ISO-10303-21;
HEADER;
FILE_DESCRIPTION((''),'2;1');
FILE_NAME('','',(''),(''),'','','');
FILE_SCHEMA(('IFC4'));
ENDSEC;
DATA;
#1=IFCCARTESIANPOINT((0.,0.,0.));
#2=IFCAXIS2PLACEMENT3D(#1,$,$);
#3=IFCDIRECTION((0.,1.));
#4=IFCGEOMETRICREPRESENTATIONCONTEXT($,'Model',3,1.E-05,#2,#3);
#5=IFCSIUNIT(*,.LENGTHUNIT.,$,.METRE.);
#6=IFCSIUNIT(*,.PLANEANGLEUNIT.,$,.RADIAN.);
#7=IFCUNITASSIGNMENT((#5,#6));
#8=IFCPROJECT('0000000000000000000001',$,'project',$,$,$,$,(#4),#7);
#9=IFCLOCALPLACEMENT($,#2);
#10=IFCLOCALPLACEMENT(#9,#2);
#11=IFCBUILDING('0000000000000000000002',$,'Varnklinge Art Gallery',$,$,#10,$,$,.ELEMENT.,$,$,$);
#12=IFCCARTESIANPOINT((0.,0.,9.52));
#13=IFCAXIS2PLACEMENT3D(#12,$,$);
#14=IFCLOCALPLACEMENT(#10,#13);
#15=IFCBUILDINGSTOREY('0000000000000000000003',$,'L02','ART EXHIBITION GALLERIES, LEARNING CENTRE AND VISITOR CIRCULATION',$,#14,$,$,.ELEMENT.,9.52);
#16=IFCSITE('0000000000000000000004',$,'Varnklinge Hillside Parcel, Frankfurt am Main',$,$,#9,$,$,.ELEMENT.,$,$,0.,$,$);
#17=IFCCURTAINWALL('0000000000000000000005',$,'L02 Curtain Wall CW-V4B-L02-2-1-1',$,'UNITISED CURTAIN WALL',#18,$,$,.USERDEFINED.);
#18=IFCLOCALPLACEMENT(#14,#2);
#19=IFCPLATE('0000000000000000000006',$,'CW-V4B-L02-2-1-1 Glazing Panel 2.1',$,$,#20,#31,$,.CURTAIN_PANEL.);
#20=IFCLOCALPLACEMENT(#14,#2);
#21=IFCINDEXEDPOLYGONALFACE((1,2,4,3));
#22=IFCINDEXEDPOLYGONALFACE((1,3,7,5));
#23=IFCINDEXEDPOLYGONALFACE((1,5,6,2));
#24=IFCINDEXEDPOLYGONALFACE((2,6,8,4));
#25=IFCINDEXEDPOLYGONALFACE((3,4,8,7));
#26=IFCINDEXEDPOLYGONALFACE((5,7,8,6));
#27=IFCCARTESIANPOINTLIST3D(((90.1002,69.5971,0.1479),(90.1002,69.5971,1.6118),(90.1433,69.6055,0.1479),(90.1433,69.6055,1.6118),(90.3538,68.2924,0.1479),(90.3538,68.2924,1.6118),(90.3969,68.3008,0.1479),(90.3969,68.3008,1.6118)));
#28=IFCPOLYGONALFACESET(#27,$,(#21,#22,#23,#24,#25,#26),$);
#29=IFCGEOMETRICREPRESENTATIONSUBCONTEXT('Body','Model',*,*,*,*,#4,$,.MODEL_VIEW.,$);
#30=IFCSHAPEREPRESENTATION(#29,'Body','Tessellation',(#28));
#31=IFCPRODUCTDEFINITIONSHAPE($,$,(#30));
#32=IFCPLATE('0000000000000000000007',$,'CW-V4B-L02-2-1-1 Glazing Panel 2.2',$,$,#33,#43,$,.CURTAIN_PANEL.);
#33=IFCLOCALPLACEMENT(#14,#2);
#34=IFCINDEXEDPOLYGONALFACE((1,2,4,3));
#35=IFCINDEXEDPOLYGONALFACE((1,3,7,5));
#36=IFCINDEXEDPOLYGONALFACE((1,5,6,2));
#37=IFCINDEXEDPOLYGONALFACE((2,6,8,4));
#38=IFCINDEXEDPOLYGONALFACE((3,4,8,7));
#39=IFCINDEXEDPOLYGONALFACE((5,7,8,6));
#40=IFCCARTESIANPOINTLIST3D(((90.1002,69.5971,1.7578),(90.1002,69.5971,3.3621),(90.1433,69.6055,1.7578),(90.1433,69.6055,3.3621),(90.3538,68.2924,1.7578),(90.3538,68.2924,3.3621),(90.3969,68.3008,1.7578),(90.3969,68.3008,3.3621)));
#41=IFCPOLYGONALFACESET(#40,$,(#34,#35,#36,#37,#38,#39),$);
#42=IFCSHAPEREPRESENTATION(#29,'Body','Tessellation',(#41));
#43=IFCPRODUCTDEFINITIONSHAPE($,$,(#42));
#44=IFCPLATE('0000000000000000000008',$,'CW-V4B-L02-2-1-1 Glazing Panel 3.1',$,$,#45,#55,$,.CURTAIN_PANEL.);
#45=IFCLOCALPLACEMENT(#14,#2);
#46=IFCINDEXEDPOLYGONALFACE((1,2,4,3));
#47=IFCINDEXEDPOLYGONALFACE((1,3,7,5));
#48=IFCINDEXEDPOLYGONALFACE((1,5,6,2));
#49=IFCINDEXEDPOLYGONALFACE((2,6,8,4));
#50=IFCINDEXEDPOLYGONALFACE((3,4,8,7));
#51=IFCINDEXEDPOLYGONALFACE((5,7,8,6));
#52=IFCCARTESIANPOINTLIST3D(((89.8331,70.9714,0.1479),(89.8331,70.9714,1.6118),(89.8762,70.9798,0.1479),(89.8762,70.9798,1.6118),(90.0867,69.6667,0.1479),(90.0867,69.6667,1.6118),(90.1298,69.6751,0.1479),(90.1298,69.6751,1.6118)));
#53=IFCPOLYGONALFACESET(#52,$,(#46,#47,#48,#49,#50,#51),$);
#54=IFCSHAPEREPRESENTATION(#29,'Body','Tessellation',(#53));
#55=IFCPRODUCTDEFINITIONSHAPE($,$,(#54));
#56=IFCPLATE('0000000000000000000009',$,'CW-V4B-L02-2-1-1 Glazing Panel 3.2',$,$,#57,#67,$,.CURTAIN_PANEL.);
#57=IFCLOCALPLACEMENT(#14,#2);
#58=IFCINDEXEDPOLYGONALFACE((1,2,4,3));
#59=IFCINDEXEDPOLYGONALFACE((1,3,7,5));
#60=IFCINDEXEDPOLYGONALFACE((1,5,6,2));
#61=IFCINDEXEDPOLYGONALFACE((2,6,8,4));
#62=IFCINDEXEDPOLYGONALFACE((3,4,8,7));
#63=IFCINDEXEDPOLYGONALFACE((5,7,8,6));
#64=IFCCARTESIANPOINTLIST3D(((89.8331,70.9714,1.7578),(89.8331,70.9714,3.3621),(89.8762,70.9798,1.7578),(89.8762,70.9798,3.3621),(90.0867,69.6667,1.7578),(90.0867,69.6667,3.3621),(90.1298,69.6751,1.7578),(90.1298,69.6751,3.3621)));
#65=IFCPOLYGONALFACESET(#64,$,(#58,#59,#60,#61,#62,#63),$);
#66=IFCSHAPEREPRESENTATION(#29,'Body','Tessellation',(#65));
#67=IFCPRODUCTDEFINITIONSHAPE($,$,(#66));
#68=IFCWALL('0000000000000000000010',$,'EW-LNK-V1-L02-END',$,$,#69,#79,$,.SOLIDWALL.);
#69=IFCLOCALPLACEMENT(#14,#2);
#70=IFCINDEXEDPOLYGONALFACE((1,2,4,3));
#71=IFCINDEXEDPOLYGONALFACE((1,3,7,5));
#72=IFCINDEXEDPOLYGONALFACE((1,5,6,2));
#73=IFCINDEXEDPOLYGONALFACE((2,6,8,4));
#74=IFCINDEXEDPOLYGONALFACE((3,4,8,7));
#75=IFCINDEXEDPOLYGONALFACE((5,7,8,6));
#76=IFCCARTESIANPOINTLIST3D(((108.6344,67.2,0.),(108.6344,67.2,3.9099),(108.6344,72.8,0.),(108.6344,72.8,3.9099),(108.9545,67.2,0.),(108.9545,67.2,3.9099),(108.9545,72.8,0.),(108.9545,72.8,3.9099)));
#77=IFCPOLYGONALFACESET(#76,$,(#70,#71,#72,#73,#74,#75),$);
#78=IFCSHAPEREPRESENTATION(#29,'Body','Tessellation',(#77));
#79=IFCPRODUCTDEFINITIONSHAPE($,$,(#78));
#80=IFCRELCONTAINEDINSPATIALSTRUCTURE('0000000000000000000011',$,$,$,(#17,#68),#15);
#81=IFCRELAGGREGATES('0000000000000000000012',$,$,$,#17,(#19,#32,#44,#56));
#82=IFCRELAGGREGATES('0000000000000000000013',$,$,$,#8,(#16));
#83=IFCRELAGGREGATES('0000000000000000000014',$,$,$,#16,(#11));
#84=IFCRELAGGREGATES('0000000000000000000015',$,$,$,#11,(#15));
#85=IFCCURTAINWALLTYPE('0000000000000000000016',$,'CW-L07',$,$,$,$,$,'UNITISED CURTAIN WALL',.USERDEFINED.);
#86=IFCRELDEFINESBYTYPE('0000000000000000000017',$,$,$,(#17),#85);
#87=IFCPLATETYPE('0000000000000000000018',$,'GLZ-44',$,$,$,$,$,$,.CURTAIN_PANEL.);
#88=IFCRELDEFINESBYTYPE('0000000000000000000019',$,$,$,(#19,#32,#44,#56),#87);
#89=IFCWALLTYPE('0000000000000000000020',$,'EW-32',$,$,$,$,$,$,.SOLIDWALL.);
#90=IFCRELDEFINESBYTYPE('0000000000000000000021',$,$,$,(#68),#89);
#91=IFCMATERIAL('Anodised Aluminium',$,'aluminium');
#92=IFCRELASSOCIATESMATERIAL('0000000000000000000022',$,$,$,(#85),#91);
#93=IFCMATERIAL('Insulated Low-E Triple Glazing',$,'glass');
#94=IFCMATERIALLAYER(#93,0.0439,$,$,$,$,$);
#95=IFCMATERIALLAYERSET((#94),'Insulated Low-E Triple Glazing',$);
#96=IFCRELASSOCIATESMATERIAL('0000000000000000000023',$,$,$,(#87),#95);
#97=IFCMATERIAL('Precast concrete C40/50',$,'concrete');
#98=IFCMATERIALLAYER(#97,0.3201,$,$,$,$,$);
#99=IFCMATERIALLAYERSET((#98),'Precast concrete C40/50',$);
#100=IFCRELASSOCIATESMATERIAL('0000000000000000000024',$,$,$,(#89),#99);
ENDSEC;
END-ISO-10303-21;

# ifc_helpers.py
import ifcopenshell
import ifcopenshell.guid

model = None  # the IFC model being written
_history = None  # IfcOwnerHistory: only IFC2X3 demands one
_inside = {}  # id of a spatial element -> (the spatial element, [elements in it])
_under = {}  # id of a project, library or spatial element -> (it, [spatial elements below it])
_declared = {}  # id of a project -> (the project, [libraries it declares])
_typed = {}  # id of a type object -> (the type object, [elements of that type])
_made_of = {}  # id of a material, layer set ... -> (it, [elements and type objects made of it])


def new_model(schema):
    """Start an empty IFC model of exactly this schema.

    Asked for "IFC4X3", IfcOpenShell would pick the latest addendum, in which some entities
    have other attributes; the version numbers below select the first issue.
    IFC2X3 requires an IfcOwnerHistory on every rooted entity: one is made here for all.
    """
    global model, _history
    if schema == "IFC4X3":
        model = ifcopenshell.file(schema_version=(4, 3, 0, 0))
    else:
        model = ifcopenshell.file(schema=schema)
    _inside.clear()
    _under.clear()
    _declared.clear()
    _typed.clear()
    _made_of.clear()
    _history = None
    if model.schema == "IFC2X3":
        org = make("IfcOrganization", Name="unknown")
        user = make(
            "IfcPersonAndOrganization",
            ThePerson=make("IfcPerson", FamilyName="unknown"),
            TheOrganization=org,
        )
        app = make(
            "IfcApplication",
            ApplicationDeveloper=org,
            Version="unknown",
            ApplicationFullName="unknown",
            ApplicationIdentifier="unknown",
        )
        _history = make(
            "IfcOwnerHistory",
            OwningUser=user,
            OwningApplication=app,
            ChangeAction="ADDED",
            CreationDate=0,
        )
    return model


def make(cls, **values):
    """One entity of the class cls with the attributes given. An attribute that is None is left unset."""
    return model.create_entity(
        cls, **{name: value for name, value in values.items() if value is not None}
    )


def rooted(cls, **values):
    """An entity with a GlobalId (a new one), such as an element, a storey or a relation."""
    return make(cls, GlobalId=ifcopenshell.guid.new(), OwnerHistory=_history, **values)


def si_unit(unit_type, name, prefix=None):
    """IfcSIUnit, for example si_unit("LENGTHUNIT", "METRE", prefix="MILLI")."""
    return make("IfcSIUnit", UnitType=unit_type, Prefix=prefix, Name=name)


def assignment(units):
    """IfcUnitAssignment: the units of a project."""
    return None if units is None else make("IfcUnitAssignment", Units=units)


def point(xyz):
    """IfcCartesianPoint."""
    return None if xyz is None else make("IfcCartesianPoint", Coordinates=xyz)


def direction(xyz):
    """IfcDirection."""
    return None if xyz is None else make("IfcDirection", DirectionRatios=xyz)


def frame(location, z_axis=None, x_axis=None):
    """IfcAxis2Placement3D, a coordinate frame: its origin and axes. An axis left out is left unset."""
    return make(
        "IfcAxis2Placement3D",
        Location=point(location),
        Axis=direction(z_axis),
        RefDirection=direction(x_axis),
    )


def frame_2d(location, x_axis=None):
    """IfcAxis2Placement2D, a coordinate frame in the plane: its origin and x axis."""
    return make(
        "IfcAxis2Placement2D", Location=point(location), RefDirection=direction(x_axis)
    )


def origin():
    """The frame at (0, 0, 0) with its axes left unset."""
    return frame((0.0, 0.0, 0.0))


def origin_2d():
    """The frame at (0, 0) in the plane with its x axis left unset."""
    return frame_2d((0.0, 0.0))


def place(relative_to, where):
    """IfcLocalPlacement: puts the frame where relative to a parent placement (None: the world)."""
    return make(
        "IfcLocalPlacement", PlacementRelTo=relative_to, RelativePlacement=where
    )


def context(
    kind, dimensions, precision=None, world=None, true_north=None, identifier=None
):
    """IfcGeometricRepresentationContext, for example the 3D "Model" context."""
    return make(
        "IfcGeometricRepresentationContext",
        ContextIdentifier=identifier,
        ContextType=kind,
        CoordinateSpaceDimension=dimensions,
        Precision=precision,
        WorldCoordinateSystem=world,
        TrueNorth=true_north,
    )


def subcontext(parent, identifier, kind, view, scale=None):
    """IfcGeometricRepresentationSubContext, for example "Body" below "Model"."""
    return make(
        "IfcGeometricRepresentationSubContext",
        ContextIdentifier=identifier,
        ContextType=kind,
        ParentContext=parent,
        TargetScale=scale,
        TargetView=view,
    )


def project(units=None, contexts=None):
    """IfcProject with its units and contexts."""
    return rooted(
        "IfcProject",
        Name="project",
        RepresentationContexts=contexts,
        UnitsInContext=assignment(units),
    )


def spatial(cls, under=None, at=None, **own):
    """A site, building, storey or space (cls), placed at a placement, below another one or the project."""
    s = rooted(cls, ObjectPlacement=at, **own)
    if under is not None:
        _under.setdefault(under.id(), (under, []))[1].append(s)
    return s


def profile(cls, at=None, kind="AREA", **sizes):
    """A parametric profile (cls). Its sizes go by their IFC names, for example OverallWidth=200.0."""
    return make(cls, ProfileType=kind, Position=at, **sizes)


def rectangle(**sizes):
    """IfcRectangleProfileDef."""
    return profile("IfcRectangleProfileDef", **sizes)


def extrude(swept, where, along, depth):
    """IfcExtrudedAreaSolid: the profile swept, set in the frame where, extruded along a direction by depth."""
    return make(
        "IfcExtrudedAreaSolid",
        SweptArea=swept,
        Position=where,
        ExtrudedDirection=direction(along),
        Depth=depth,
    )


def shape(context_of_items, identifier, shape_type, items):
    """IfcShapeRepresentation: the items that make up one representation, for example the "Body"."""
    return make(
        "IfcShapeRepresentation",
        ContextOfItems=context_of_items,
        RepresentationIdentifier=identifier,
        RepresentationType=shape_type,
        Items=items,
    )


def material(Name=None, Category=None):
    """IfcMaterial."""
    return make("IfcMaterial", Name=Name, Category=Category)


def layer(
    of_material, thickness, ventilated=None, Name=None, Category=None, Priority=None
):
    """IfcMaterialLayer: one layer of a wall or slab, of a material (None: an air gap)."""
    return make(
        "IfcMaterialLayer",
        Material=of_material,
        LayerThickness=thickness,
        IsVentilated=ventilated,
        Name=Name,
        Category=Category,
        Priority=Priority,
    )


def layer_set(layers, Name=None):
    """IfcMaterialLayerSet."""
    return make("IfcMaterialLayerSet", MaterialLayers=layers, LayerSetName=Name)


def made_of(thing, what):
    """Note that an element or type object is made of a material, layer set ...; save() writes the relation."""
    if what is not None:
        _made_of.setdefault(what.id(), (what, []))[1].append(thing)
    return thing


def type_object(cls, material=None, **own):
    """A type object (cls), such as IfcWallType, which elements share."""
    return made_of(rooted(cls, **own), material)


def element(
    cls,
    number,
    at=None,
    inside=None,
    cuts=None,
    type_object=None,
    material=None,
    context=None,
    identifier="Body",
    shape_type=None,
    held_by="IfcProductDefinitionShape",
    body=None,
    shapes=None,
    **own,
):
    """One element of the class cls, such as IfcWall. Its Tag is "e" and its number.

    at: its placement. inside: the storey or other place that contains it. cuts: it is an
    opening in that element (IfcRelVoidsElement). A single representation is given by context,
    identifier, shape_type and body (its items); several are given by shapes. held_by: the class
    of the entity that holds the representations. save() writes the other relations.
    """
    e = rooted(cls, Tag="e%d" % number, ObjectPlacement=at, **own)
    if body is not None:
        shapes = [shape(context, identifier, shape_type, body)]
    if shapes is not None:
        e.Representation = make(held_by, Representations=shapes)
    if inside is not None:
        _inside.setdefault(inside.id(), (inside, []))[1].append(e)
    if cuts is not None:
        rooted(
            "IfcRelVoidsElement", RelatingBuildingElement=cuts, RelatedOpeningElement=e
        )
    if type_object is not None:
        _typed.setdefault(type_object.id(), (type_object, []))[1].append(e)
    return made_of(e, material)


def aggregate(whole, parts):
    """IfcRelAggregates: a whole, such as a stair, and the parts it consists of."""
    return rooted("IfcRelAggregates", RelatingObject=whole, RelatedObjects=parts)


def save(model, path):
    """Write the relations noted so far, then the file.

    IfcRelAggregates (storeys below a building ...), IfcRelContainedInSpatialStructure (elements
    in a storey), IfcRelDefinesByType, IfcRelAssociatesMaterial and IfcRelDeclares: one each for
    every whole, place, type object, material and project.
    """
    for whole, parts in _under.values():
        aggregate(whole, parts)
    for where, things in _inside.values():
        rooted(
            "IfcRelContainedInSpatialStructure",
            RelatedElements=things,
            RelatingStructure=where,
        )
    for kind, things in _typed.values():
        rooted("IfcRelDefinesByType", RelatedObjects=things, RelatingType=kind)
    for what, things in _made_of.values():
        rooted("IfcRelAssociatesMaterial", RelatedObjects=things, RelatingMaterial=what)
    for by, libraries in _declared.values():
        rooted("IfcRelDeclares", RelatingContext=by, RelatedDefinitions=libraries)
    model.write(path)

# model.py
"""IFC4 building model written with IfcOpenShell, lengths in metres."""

from ifc_helpers import new_model, si_unit, direction, frame, frame_2d, origin, origin_2d, place, context, subcontext, project, spatial, rectangle, extrude, material, layer, layer_set, type_object, element, aggregate, save


model = new_model("IFC4")

# Units and contexts
model_context = context("Model", 3, precision=1e-05, world=origin(), true_north=direction((0.0, 1.0)))
body_context = subcontext(model_context, "Body", "Model", "MODEL_VIEW")
ifc_project = project(units=[si_unit("LENGTHUNIT", "METRE"), si_unit("PLANEANGLEUNIT", "RADIAN")], contexts=[model_context])

# Site, building, storey
site_placement = place(None, origin())
site = spatial("IfcSite", under=ifc_project, at=site_placement, Name="Varnklinge Hillside Parcel, Frankfurt am Main", CompositionType="ELEMENT", RefElevation=0.0)
building_placement = place(site_placement, origin())
building = spatial("IfcBuilding", under=site, at=building_placement, Name="Varnklinge Art Gallery", CompositionType="ELEMENT")
storey_placement = place(building_placement, frame((0.0, 0.0, 9.52)))
storey = spatial("IfcBuildingStorey", under=building, at=storey_placement, Name="L02", Description="ART EXHIBITION GALLERIES, LEARNING CENTRE AND VISITOR CIRCULATION", CompositionType="ELEMENT", Elevation=9.52)

# Curtain wall
ifc_material_1 = material(Name="Anodised Aluminium", Category="aluminium")
curtain_wall_type_1 = type_object("IfcCurtainWallType", Name="CW-L07", ElementType="UNITISED CURTAIN WALL", PredefinedType="USERDEFINED", material=ifc_material_1)
curtain_wall_1_placement = place(storey_placement, origin())
curtain_wall_1 = element("IfcCurtainWall", 1, at=curtain_wall_1_placement, inside=storey, type_object=curtain_wall_type_1, Name="L02 Curtain Wall CW-V4B-L02-2-1-1", ObjectType="UNITISED CURTAIN WALL", PredefinedType="USERDEFINED")

# Plates
ifc_material_2 = material(Name="Insulated Low-E Triple Glazing", Category="glass")
ifc_layer_1 = layer(ifc_material_2, 0.0439)
ifc_layer_set_1 = layer_set([ifc_layer_1], Name="Insulated Low-E Triple Glazing")
plate_type = type_object("IfcPlateType", Name="GLZ-44", PredefinedType="CURTAIN_PANEL", material=ifc_layer_set_1)
plate_1_placement = place(storey_placement, frame((90.2485, 68.949, 0.1479), z_axis=(0.0, 0.0, 1.0), x_axis=(-0.190809, 0.981627, 0.0)))
plate_1 = element("IfcPlate", 2, at=plate_1_placement, type_object=plate_type, Name="CW-V4B-L02-2-1-1 Glazing Panel 2.1", PredefinedType="CURTAIN_PANEL", context=body_context, shape_type="SweptSolid", body=[
    extrude(rectangle(XDim=1.3291, YDim=0.0439, at=origin_2d()), origin(), (0.0, 0.0, 1.0), 1.4639),
])
plate_2_placement = place(storey_placement, frame((90.2485, 68.949, 1.7578), z_axis=(0.0, 0.0, 1.0), x_axis=(-0.190809, 0.981627, 0.0)))
plate_2 = element("IfcPlate", 3, at=plate_2_placement, type_object=plate_type, Name="CW-V4B-L02-2-1-1 Glazing Panel 2.2", PredefinedType="CURTAIN_PANEL", context=body_context, shape_type="SweptSolid", body=[
    extrude(rectangle(XDim=1.3291, YDim=0.0439, at=origin_2d()), origin(), (0.0, 0.0, 1.0), 1.6042),
])
plate_3_placement = place(storey_placement, frame((89.9814, 70.3232, 0.1479), z_axis=(0.0, 0.0, 1.0), x_axis=(-0.190809, 0.981627, 0.0)))
plate_3 = element("IfcPlate", 4, at=plate_3_placement, type_object=plate_type, Name="CW-V4B-L02-2-1-1 Glazing Panel 3.1", PredefinedType="CURTAIN_PANEL", context=body_context, shape_type="SweptSolid", body=[
    extrude(rectangle(XDim=1.3291, YDim=0.0439, at=origin_2d()), origin(), (0.0, 0.0, 1.0), 1.4639),
])
plate_4_placement = place(storey_placement, frame((89.9814, 70.3232, 1.7578), z_axis=(0.0, 0.0, 1.0), x_axis=(-0.190809, 0.981627, 0.0)))
plate_4 = element("IfcPlate", 5, at=plate_4_placement, type_object=plate_type, Name="CW-V4B-L02-2-1-1 Glazing Panel 3.2", PredefinedType="CURTAIN_PANEL", context=body_context, shape_type="SweptSolid", body=[
    extrude(rectangle(XDim=1.3291, YDim=0.0439, at=origin_2d()), origin(), (0.0, 0.0, 1.0), 1.6042),
])
aggregate(curtain_wall_1, [plate_1, plate_2, plate_3, plate_4])

# Wall
ifc_material_3 = material(Name="Precast concrete C40/50", Category="concrete")
ifc_layer_2 = layer(ifc_material_3, 0.3201)
ifc_layer_set_2 = layer_set([ifc_layer_2], Name="Precast concrete C40/50")
wall_type = type_object("IfcWallType", Name="EW-32", PredefinedType="SOLIDWALL", material=ifc_layer_set_2)
wall_placement = place(storey_placement, frame((108.7944, 67.2, 0.0), z_axis=(0.0, 0.0, 1.0), x_axis=(0.0, 1.0, 0.0)))
element("IfcWall", 6, at=wall_placement, inside=storey, type_object=wall_type, Name="EW-LNK-V1-L02-END", PredefinedType="SOLIDWALL", context=body_context, shape_type="SweptSolid", body=[
    extrude(rectangle(XDim=5.6001, YDim=0.3201, at=frame_2d((2.8, 0.0))), origin(), (0.0, 0.0, 1.0), 3.9099),
])

save(model, "model.ifc")
